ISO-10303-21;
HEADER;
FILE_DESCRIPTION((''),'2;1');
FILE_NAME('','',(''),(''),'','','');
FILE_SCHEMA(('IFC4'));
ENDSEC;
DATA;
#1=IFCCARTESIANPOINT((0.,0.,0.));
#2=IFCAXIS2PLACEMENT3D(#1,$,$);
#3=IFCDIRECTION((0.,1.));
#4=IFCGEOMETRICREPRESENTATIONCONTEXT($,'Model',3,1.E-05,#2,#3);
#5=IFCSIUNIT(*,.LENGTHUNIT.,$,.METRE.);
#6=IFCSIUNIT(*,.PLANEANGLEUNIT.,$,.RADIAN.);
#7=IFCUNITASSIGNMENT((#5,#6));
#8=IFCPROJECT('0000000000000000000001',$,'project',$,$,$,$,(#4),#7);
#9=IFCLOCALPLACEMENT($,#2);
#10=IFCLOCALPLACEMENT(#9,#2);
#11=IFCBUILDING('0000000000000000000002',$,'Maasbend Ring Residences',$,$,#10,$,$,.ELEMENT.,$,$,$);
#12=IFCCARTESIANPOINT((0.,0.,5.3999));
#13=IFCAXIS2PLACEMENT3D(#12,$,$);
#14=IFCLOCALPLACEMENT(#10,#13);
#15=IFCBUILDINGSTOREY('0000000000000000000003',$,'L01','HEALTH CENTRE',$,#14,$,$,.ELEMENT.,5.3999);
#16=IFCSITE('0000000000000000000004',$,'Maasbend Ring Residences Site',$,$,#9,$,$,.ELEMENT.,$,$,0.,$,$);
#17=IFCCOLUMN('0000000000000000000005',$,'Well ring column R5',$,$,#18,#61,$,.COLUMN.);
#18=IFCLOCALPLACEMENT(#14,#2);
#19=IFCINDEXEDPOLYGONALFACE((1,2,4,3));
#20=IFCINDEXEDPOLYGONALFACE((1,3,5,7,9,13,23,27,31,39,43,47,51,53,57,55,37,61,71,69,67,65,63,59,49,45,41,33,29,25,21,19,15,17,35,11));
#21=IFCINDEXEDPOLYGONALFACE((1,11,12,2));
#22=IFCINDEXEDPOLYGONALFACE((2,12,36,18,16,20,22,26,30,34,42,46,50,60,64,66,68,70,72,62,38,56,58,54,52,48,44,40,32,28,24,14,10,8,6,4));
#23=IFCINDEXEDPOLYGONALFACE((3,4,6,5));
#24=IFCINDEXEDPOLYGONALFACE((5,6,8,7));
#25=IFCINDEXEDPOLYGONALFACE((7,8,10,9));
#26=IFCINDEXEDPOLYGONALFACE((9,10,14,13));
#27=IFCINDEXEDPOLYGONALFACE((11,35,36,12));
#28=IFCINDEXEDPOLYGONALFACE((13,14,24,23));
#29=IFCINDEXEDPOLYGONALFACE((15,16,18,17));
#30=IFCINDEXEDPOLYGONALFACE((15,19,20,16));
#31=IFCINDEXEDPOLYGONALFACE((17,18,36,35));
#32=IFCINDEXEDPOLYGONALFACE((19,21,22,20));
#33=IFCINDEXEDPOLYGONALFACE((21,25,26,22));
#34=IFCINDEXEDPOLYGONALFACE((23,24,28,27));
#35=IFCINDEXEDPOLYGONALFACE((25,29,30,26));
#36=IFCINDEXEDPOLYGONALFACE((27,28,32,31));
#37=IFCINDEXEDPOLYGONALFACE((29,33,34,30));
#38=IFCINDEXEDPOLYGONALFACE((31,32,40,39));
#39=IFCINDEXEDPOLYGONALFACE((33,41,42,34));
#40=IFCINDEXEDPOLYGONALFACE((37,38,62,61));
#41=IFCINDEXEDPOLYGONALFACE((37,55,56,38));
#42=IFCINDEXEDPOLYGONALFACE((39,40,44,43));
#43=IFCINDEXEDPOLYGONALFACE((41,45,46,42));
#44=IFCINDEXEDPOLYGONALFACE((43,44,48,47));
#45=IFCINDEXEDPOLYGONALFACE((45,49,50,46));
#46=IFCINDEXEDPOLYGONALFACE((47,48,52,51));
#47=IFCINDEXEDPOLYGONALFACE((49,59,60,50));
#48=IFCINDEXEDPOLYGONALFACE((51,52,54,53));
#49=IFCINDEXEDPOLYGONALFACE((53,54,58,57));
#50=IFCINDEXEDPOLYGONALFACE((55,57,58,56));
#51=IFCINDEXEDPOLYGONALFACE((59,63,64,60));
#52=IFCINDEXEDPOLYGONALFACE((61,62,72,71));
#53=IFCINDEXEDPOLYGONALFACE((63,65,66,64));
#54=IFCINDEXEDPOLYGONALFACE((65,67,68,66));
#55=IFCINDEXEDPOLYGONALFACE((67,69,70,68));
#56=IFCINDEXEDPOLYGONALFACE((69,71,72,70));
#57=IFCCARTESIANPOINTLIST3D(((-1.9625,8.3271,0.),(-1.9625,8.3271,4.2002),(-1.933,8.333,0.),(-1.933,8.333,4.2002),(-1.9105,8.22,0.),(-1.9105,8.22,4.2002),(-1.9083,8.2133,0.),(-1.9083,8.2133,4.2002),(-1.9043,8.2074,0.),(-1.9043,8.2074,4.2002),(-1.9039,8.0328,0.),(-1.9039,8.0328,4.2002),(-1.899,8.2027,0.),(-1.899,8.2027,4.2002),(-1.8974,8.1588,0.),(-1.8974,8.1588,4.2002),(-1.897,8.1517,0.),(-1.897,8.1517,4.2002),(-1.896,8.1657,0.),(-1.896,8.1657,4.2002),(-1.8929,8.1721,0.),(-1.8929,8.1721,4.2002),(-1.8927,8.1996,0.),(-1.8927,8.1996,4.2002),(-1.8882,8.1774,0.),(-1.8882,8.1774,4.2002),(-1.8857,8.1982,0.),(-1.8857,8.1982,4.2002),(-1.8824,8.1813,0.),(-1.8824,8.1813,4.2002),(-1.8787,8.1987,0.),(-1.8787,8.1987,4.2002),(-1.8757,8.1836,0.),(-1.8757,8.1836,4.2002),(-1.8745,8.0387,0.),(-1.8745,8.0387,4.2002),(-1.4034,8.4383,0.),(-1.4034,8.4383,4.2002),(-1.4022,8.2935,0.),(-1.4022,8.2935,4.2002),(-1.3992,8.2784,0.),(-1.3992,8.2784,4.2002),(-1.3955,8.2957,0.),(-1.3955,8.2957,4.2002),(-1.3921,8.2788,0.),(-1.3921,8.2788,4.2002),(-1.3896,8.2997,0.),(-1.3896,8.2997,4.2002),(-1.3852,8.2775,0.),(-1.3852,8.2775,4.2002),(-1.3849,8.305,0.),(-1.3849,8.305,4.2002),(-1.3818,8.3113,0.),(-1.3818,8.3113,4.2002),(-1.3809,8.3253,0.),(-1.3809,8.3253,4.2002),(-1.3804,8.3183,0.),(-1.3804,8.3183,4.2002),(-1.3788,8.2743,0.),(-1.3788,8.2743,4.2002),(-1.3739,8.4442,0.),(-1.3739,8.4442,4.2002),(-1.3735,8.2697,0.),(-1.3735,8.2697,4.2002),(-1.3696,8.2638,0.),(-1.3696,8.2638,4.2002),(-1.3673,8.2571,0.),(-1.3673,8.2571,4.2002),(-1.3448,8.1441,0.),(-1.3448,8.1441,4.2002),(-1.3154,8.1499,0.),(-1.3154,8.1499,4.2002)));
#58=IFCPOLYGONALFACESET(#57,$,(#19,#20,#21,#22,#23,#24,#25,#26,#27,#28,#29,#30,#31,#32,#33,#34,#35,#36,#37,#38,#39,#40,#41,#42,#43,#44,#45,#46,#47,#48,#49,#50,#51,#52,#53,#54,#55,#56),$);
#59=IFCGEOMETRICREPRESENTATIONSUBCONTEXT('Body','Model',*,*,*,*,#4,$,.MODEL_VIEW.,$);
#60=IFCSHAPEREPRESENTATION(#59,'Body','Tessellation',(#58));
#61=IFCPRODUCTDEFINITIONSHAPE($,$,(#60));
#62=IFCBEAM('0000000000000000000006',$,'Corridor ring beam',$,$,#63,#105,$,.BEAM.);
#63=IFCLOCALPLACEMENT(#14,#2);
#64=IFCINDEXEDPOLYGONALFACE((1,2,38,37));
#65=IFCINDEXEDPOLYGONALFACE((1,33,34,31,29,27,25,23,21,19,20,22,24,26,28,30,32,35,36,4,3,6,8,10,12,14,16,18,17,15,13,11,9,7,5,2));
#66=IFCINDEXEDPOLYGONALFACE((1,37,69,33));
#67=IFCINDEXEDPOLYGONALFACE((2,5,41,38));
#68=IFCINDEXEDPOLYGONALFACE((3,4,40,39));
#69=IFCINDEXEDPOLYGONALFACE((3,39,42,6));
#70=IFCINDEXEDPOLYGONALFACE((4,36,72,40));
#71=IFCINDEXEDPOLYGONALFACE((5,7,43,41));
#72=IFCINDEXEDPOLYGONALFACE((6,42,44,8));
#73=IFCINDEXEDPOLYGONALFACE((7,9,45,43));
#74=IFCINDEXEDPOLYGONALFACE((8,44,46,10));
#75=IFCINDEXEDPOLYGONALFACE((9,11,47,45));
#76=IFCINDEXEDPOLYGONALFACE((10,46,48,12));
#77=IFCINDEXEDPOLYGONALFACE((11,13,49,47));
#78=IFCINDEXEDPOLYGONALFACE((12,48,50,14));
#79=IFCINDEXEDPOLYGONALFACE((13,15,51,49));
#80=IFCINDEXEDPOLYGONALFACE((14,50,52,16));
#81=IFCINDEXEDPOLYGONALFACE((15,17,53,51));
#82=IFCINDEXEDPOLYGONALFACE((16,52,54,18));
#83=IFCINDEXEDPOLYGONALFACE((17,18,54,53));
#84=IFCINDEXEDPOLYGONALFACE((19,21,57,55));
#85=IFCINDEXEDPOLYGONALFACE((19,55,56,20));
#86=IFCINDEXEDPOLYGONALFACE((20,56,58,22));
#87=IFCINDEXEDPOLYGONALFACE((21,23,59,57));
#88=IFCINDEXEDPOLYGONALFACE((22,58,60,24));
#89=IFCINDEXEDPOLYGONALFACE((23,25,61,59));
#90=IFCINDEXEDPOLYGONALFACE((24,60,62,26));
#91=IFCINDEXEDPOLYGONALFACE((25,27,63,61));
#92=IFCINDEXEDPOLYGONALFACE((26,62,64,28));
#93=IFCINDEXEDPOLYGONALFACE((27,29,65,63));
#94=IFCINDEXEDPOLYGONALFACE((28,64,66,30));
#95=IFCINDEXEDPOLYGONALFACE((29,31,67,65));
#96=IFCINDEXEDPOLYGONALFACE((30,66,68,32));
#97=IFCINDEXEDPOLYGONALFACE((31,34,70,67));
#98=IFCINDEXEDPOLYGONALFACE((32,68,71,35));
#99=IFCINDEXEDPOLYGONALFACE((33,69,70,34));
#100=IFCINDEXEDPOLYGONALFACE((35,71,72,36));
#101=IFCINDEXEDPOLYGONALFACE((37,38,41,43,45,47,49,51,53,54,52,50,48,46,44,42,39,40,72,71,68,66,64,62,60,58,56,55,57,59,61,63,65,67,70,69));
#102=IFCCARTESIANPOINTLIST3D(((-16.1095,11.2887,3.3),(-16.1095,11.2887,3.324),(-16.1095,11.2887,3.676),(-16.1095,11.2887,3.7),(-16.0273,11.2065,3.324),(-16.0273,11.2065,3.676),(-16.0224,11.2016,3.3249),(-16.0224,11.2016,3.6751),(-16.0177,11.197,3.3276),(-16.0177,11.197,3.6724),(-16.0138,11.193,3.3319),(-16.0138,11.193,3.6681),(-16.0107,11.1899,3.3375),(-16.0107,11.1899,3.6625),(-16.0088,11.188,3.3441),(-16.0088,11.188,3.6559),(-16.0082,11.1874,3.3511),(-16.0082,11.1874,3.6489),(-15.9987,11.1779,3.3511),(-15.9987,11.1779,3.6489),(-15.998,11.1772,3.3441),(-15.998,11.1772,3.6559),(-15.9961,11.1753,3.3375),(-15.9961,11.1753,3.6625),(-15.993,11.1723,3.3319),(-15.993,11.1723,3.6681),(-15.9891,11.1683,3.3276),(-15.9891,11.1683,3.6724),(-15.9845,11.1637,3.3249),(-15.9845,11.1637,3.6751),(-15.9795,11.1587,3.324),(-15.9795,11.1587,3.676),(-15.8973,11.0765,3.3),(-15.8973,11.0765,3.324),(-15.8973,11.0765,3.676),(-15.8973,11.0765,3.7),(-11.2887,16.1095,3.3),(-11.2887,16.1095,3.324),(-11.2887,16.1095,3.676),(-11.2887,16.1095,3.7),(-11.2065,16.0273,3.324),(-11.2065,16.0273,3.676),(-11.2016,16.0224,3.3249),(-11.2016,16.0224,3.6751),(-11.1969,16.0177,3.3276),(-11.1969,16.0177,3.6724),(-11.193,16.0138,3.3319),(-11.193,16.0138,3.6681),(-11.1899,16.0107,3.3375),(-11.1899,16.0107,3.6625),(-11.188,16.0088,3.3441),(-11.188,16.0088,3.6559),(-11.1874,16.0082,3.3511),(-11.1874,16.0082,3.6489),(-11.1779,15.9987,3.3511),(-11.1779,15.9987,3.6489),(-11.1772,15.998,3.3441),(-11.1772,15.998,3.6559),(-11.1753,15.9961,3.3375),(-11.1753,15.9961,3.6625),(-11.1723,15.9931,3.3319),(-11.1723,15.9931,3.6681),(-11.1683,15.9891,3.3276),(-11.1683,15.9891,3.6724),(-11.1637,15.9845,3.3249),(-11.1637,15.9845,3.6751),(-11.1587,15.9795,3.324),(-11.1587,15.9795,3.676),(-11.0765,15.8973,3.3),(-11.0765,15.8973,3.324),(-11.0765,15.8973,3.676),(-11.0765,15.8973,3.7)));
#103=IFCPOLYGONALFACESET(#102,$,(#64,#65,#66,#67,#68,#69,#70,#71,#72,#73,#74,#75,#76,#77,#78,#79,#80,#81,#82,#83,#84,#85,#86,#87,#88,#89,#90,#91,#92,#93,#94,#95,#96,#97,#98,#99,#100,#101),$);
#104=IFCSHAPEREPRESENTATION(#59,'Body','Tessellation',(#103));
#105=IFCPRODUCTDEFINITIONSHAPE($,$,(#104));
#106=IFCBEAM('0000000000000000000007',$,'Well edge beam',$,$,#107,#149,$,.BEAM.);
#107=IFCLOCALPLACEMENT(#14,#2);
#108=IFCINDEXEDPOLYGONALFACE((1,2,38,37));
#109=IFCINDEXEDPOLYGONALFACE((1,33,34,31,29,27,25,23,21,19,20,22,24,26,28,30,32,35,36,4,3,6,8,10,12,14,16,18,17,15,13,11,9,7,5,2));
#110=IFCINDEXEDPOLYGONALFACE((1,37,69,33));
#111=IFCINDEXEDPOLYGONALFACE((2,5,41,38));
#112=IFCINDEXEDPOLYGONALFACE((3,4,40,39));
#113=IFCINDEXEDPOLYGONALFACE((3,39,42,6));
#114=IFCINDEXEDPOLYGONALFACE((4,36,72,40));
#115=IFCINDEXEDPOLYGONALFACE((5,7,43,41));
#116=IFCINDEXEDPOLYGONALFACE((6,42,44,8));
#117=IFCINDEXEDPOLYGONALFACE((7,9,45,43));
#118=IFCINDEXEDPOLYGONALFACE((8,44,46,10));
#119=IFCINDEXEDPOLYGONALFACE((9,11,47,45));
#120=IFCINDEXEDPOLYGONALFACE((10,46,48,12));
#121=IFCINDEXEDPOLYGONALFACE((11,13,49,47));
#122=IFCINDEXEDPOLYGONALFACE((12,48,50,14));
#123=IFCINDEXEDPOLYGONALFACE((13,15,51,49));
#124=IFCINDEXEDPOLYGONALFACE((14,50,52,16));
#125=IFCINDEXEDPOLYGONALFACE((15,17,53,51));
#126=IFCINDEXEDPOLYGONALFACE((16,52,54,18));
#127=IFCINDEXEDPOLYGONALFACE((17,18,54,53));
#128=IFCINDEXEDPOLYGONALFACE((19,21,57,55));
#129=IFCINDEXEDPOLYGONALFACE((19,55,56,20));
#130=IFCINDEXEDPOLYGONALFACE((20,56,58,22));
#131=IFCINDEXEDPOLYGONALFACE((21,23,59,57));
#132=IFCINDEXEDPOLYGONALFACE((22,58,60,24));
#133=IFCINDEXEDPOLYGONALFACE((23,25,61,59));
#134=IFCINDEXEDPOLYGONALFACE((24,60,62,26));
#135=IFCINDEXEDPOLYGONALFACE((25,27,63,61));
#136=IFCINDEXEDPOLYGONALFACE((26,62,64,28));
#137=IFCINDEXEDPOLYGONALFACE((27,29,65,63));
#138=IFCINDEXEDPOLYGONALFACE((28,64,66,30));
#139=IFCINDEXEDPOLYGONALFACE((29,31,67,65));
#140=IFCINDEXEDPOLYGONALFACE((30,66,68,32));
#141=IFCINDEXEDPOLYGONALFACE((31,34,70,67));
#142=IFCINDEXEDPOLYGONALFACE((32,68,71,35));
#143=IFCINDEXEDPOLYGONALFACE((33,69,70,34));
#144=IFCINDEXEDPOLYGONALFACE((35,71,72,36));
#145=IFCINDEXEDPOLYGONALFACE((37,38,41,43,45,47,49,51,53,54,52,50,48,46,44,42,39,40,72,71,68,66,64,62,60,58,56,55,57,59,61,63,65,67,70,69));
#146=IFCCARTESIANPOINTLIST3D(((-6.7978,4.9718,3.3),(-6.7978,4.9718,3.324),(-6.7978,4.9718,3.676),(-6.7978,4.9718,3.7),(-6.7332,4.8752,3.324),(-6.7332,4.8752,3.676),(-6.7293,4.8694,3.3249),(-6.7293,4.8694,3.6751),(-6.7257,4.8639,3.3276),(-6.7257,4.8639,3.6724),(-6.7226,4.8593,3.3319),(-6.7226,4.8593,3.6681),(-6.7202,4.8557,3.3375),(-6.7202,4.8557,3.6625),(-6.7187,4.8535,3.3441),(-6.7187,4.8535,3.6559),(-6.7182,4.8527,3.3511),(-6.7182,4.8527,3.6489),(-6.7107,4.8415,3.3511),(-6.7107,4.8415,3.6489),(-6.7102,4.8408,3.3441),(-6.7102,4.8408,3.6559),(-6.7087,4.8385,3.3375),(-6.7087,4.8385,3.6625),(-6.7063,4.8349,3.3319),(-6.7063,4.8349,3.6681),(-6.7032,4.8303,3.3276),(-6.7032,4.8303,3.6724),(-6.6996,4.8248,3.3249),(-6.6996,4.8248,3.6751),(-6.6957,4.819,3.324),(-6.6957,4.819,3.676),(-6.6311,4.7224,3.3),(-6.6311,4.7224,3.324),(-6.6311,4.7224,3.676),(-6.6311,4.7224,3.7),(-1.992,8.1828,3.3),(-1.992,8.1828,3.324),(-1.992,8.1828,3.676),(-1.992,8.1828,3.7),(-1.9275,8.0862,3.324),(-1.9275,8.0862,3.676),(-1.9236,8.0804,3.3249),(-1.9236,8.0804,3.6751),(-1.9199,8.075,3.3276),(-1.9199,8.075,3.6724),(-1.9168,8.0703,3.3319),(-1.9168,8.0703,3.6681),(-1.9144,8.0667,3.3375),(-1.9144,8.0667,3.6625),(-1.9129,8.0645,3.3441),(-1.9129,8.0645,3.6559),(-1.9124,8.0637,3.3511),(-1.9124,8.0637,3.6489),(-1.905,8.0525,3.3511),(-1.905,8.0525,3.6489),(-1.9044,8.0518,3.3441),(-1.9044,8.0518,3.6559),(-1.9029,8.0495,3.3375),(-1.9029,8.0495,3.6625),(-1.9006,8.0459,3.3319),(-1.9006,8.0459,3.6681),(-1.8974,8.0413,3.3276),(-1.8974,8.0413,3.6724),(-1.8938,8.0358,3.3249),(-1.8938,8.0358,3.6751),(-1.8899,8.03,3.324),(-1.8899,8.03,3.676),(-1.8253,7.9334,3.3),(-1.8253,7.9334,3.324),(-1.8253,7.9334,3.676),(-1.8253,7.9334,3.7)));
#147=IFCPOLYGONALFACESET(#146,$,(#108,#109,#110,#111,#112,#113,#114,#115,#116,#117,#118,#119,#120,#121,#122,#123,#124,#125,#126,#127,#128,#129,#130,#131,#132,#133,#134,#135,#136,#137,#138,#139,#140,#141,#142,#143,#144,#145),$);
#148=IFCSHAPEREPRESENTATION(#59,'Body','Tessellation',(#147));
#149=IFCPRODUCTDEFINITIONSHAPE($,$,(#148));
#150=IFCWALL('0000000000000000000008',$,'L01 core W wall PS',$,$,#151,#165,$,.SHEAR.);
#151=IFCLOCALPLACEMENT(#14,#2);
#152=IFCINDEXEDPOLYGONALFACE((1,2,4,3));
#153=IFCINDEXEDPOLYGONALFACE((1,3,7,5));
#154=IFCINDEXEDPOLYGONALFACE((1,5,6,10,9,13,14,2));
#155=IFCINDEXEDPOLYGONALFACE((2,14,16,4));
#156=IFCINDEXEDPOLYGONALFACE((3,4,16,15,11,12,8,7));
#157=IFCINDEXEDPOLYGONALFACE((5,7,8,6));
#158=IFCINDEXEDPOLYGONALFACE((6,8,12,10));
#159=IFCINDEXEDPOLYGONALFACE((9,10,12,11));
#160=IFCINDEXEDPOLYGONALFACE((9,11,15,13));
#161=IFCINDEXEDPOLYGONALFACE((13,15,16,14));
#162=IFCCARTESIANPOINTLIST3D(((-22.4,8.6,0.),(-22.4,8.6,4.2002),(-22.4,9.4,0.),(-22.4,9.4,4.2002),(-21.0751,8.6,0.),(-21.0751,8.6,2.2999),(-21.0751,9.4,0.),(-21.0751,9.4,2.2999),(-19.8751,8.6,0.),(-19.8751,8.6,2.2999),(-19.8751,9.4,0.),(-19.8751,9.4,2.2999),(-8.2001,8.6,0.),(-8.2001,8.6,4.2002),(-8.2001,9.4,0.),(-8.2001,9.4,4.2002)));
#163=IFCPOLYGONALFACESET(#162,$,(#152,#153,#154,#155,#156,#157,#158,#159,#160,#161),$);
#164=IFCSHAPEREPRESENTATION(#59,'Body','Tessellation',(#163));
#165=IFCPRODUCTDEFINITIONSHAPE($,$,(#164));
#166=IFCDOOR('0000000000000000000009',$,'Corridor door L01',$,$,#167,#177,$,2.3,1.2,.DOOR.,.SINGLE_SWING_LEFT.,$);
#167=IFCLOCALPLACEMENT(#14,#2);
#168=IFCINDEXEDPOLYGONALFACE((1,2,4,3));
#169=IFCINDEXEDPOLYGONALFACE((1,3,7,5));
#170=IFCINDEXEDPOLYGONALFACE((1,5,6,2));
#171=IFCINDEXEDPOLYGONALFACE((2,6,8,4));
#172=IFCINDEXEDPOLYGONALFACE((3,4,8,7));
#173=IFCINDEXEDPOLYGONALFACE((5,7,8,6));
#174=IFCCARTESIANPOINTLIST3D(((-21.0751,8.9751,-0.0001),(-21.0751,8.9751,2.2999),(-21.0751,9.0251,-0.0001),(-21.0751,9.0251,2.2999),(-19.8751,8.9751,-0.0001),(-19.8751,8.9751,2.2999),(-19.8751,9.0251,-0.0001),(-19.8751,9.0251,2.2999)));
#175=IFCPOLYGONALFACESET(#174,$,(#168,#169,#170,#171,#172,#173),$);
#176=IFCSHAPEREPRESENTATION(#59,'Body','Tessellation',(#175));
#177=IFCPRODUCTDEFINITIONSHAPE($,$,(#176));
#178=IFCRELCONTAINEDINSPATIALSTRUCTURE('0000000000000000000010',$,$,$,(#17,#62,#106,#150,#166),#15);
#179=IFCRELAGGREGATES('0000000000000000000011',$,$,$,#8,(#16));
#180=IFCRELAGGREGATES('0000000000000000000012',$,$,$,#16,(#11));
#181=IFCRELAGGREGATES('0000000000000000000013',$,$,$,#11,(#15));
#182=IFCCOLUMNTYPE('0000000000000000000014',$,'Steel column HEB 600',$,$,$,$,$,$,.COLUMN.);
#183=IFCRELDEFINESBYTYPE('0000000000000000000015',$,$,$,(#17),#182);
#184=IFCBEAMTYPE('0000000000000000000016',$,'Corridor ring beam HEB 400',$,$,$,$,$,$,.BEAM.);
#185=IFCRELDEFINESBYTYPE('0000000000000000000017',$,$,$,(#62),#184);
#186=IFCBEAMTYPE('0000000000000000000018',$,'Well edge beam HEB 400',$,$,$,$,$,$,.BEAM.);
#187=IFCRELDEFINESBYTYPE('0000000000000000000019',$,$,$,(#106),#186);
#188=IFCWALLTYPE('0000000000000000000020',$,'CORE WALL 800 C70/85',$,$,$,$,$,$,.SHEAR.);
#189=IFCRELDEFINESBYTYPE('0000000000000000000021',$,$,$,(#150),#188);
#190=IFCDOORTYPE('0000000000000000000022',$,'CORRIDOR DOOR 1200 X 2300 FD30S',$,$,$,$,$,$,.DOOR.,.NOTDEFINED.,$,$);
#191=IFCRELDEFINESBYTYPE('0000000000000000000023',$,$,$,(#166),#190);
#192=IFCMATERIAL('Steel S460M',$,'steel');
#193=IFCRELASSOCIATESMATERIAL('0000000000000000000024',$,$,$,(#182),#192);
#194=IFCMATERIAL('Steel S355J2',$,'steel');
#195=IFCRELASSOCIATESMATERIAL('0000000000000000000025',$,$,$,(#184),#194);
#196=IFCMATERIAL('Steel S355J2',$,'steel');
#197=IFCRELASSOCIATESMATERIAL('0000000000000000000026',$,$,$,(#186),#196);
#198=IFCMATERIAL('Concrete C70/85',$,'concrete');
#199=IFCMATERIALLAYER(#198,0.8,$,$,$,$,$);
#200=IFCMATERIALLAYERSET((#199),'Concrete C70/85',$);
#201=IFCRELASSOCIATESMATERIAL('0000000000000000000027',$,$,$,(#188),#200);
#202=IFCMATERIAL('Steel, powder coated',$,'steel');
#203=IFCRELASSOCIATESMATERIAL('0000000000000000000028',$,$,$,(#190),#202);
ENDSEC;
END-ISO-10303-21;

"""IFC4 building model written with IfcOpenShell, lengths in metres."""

from ifc_helpers import new_model, si_unit, direction, frame, frame_2d, origin, origin_2d, place, context, subcontext, project, spatial, rectangle, i_section, extrude, material, layer, layer_set, material_profile, profile_set, type_object, element, fill, save


model = new_model("IFC4")

# Units and contexts
model_context = context("Model", 3, precision=1e-05, world=origin(), true_north=direction((0.0, 1.0)))
body_context = subcontext(model_context, "Body", "Model", "MODEL_VIEW")
ifc_project = project(units=[si_unit("LENGTHUNIT", "METRE"), si_unit("PLANEANGLEUNIT", "RADIAN")], contexts=[model_context])

# Site, building, storey
site_placement = place(None, origin())
site = spatial("IfcSite", under=ifc_project, at=site_placement, Name="Maasbend Ring Residences Site", CompositionType="ELEMENT", RefElevation=0.0)
building_placement = place(site_placement, origin())
building = spatial("IfcBuilding", under=site, at=building_placement, Name="Maasbend Ring Residences", CompositionType="ELEMENT")
storey_placement = place(building_placement, frame((0.0, 0.0, 5.3999)))
storey = spatial("IfcBuildingStorey", under=building, at=storey_placement, Name="L01", Description="HEALTH CENTRE", CompositionType="ELEMENT", Elevation=5.3999)

# Column
ifc_material_1 = material(Name="Steel S460M", Category="steel")
ifc_material_profile_1 = material_profile(ifc_material_1, i_section(OverallWidth=0.3, OverallDepth=0.6001, WebThickness=0.0154, FlangeThickness=0.03, FilletRadius=0.0271, at=origin_2d()), Name="HEB 600")
ifc_profile_set_1 = profile_set([ifc_material_profile_1], Name="Steel S460M")
column_type = type_object("IfcColumnType", Name="Steel column HEB 600", PredefinedType="COLUMN", material=ifc_profile_set_1)
column_placement = place(storey_placement, frame((-1.6389, 8.2385, 0.0), z_axis=(0.0, 0.0, 1.0), x_axis=(-0.19509, 0.980785, 0.0)))
element("IfcColumn", 1, at=column_placement, inside=storey, type_object=column_type, Name="Well ring column R5", PredefinedType="COLUMN", context=body_context, shape_type="SweptSolid", body=[
    extrude(i_section(OverallWidth=0.3, OverallDepth=0.6001, WebThickness=0.0154, FlangeThickness=0.03, FilletRadius=0.0271, at=origin_2d()), origin(), (0.0, 0.0, 1.0), 4.2002),
])

# Beams
ifc_material_2 = material(Name="Steel S355J2", Category="steel")
ifc_material_profile_2 = material_profile(ifc_material_2, i_section(OverallWidth=0.3, OverallDepth=0.3999, WebThickness=0.0134, FlangeThickness=0.0239, FilletRadius=0.0271, at=origin_2d()), Name="HEB 400")
ifc_profile_set_2 = profile_set([ifc_material_profile_2], Name="Steel S355J2")
beam_type_1 = type_object("IfcBeamType", Name="Corridor ring beam HEB 400", PredefinedType="BEAM", material=ifc_profile_set_2)
beam_1_placement = place(storey_placement, frame((-11.1826, 16.0034, 3.5), z_axis=(-0.707107, -0.707107, 0.0), x_axis=(0.707107, -0.707107, 0.0)))
element("IfcBeam", 2, at=beam_1_placement, inside=storey, type_object=beam_type_1, Name="Corridor ring beam", PredefinedType="BEAM", context=body_context, shape_type="SweptSolid", body=[
    extrude(i_section(OverallWidth=0.3, OverallDepth=0.3999, WebThickness=0.0134, FlangeThickness=0.0239, FilletRadius=0.0271, at=origin_2d()), origin(), (0.0, 0.0, 1.0), 6.8176),
])
ifc_material_3 = material(Name="Steel S355J2", Category="steel")
ifc_material_profile_3 = material_profile(ifc_material_3, i_section(OverallWidth=0.3, OverallDepth=0.3999, WebThickness=0.0134, FlangeThickness=0.0239, FilletRadius=0.0271, at=origin_2d()), Name="HEB 400")
ifc_profile_set_3 = profile_set([ifc_material_profile_3], Name="Steel S355J2")
beam_type_2 = type_object("IfcBeamType", Name="Well edge beam HEB 400", PredefinedType="BEAM", material=ifc_profile_set_3)
beam_2_placement = place(storey_placement, frame((-1.9087, 8.0581, 3.5), z_axis=(-0.831478, -0.555558, 0.0), x_axis=(0.555558, -0.831478, 0.0)))
element("IfcBeam", 3, at=beam_2_placement, inside=storey, type_object=beam_type_2, Name="Well edge beam", PredefinedType="BEAM", context=body_context, shape_type="SweptSolid", body=[
    extrude(i_section(OverallWidth=0.3, OverallDepth=0.3999, WebThickness=0.0134, FlangeThickness=0.0239, FilletRadius=0.0271, at=origin_2d()), origin(), (0.0, 0.0, 1.0), 5.7798),
])

# Wall, opening, door
ifc_material_4 = material(Name="Concrete C70/85", Category="concrete")
ifc_layer_1 = layer(ifc_material_4, 0.8)
ifc_layer_set_1 = layer_set([ifc_layer_1], Name="Concrete C70/85")
wall_type_1 = type_object("IfcWallType", Name="CORE WALL 800 C70/85", PredefinedType="SHEAR", material=ifc_layer_set_1)
wall_1_placement = place(storey_placement, frame((-8.2, 9.0, 0.0), z_axis=(0.0, 0.0, 1.0), x_axis=(-1.0, 0.0, 0.0)))
wall_1 = element("IfcWall", 4, at=wall_1_placement, inside=storey, type_object=wall_type_1, Name="L01 core W wall PS", PredefinedType="SHEAR", context=body_context, shape_type="SweptSolid", body=[
    extrude(rectangle(XDim=14.2, YDim=0.8, at=frame_2d((7.1001, 0.0))), origin(), (0.0, 0.0, 1.0), 4.2002),
])
opening_1_placement = place(wall_1_placement, frame((11.675, 0.0, 0.0)))
opening_1 = element("IfcOpeningElement", 5, at=opening_1_placement, cuts=wall_1, PredefinedType="OPENING", context=body_context, shape_type="SweptSolid", body=[
    extrude(rectangle(XDim=1.2, YDim=2.3, at=frame_2d((0.6001, 1.1499))), frame((0.0, 0.4102, 0.0), z_axis=(0.0, -1.0, 0.0), x_axis=(1.0, 0.0, 0.0)), (0.0, 0.0, 1.0), 0.8201),
])
ifc_material_5 = material(Name="Steel, powder coated", Category="steel")
door_type_1 = type_object("IfcDoorType", Name="CORRIDOR DOOR 1200 X 2300 FD30S", OperationType="NOTDEFINED", PredefinedType="DOOR", material=ifc_material_5)
door_1_placement = place(opening_1_placement, origin())
door_1 = element("IfcDoor", 6, at=door_1_placement, inside=storey, type_object=door_type_1, Name="Corridor door L01", OperationType="SINGLE_SWING_LEFT", OverallHeight=2.3, OverallWidth=1.2, PredefinedType="DOOR", context=body_context, shape_type="SweptSolid", body=[
    extrude(rectangle(XDim=1.2, YDim=2.3, at=frame_2d((0.6001, 1.1499))), frame((0.0, 0.0249, 0.0), z_axis=(0.0, -1.0, 0.0), x_axis=(1.0, 0.0, 0.0)), (0.0, 0.0, 1.0), 0.05),
])
fill(opening_1, door_1)

save(model, "model.ifc")
